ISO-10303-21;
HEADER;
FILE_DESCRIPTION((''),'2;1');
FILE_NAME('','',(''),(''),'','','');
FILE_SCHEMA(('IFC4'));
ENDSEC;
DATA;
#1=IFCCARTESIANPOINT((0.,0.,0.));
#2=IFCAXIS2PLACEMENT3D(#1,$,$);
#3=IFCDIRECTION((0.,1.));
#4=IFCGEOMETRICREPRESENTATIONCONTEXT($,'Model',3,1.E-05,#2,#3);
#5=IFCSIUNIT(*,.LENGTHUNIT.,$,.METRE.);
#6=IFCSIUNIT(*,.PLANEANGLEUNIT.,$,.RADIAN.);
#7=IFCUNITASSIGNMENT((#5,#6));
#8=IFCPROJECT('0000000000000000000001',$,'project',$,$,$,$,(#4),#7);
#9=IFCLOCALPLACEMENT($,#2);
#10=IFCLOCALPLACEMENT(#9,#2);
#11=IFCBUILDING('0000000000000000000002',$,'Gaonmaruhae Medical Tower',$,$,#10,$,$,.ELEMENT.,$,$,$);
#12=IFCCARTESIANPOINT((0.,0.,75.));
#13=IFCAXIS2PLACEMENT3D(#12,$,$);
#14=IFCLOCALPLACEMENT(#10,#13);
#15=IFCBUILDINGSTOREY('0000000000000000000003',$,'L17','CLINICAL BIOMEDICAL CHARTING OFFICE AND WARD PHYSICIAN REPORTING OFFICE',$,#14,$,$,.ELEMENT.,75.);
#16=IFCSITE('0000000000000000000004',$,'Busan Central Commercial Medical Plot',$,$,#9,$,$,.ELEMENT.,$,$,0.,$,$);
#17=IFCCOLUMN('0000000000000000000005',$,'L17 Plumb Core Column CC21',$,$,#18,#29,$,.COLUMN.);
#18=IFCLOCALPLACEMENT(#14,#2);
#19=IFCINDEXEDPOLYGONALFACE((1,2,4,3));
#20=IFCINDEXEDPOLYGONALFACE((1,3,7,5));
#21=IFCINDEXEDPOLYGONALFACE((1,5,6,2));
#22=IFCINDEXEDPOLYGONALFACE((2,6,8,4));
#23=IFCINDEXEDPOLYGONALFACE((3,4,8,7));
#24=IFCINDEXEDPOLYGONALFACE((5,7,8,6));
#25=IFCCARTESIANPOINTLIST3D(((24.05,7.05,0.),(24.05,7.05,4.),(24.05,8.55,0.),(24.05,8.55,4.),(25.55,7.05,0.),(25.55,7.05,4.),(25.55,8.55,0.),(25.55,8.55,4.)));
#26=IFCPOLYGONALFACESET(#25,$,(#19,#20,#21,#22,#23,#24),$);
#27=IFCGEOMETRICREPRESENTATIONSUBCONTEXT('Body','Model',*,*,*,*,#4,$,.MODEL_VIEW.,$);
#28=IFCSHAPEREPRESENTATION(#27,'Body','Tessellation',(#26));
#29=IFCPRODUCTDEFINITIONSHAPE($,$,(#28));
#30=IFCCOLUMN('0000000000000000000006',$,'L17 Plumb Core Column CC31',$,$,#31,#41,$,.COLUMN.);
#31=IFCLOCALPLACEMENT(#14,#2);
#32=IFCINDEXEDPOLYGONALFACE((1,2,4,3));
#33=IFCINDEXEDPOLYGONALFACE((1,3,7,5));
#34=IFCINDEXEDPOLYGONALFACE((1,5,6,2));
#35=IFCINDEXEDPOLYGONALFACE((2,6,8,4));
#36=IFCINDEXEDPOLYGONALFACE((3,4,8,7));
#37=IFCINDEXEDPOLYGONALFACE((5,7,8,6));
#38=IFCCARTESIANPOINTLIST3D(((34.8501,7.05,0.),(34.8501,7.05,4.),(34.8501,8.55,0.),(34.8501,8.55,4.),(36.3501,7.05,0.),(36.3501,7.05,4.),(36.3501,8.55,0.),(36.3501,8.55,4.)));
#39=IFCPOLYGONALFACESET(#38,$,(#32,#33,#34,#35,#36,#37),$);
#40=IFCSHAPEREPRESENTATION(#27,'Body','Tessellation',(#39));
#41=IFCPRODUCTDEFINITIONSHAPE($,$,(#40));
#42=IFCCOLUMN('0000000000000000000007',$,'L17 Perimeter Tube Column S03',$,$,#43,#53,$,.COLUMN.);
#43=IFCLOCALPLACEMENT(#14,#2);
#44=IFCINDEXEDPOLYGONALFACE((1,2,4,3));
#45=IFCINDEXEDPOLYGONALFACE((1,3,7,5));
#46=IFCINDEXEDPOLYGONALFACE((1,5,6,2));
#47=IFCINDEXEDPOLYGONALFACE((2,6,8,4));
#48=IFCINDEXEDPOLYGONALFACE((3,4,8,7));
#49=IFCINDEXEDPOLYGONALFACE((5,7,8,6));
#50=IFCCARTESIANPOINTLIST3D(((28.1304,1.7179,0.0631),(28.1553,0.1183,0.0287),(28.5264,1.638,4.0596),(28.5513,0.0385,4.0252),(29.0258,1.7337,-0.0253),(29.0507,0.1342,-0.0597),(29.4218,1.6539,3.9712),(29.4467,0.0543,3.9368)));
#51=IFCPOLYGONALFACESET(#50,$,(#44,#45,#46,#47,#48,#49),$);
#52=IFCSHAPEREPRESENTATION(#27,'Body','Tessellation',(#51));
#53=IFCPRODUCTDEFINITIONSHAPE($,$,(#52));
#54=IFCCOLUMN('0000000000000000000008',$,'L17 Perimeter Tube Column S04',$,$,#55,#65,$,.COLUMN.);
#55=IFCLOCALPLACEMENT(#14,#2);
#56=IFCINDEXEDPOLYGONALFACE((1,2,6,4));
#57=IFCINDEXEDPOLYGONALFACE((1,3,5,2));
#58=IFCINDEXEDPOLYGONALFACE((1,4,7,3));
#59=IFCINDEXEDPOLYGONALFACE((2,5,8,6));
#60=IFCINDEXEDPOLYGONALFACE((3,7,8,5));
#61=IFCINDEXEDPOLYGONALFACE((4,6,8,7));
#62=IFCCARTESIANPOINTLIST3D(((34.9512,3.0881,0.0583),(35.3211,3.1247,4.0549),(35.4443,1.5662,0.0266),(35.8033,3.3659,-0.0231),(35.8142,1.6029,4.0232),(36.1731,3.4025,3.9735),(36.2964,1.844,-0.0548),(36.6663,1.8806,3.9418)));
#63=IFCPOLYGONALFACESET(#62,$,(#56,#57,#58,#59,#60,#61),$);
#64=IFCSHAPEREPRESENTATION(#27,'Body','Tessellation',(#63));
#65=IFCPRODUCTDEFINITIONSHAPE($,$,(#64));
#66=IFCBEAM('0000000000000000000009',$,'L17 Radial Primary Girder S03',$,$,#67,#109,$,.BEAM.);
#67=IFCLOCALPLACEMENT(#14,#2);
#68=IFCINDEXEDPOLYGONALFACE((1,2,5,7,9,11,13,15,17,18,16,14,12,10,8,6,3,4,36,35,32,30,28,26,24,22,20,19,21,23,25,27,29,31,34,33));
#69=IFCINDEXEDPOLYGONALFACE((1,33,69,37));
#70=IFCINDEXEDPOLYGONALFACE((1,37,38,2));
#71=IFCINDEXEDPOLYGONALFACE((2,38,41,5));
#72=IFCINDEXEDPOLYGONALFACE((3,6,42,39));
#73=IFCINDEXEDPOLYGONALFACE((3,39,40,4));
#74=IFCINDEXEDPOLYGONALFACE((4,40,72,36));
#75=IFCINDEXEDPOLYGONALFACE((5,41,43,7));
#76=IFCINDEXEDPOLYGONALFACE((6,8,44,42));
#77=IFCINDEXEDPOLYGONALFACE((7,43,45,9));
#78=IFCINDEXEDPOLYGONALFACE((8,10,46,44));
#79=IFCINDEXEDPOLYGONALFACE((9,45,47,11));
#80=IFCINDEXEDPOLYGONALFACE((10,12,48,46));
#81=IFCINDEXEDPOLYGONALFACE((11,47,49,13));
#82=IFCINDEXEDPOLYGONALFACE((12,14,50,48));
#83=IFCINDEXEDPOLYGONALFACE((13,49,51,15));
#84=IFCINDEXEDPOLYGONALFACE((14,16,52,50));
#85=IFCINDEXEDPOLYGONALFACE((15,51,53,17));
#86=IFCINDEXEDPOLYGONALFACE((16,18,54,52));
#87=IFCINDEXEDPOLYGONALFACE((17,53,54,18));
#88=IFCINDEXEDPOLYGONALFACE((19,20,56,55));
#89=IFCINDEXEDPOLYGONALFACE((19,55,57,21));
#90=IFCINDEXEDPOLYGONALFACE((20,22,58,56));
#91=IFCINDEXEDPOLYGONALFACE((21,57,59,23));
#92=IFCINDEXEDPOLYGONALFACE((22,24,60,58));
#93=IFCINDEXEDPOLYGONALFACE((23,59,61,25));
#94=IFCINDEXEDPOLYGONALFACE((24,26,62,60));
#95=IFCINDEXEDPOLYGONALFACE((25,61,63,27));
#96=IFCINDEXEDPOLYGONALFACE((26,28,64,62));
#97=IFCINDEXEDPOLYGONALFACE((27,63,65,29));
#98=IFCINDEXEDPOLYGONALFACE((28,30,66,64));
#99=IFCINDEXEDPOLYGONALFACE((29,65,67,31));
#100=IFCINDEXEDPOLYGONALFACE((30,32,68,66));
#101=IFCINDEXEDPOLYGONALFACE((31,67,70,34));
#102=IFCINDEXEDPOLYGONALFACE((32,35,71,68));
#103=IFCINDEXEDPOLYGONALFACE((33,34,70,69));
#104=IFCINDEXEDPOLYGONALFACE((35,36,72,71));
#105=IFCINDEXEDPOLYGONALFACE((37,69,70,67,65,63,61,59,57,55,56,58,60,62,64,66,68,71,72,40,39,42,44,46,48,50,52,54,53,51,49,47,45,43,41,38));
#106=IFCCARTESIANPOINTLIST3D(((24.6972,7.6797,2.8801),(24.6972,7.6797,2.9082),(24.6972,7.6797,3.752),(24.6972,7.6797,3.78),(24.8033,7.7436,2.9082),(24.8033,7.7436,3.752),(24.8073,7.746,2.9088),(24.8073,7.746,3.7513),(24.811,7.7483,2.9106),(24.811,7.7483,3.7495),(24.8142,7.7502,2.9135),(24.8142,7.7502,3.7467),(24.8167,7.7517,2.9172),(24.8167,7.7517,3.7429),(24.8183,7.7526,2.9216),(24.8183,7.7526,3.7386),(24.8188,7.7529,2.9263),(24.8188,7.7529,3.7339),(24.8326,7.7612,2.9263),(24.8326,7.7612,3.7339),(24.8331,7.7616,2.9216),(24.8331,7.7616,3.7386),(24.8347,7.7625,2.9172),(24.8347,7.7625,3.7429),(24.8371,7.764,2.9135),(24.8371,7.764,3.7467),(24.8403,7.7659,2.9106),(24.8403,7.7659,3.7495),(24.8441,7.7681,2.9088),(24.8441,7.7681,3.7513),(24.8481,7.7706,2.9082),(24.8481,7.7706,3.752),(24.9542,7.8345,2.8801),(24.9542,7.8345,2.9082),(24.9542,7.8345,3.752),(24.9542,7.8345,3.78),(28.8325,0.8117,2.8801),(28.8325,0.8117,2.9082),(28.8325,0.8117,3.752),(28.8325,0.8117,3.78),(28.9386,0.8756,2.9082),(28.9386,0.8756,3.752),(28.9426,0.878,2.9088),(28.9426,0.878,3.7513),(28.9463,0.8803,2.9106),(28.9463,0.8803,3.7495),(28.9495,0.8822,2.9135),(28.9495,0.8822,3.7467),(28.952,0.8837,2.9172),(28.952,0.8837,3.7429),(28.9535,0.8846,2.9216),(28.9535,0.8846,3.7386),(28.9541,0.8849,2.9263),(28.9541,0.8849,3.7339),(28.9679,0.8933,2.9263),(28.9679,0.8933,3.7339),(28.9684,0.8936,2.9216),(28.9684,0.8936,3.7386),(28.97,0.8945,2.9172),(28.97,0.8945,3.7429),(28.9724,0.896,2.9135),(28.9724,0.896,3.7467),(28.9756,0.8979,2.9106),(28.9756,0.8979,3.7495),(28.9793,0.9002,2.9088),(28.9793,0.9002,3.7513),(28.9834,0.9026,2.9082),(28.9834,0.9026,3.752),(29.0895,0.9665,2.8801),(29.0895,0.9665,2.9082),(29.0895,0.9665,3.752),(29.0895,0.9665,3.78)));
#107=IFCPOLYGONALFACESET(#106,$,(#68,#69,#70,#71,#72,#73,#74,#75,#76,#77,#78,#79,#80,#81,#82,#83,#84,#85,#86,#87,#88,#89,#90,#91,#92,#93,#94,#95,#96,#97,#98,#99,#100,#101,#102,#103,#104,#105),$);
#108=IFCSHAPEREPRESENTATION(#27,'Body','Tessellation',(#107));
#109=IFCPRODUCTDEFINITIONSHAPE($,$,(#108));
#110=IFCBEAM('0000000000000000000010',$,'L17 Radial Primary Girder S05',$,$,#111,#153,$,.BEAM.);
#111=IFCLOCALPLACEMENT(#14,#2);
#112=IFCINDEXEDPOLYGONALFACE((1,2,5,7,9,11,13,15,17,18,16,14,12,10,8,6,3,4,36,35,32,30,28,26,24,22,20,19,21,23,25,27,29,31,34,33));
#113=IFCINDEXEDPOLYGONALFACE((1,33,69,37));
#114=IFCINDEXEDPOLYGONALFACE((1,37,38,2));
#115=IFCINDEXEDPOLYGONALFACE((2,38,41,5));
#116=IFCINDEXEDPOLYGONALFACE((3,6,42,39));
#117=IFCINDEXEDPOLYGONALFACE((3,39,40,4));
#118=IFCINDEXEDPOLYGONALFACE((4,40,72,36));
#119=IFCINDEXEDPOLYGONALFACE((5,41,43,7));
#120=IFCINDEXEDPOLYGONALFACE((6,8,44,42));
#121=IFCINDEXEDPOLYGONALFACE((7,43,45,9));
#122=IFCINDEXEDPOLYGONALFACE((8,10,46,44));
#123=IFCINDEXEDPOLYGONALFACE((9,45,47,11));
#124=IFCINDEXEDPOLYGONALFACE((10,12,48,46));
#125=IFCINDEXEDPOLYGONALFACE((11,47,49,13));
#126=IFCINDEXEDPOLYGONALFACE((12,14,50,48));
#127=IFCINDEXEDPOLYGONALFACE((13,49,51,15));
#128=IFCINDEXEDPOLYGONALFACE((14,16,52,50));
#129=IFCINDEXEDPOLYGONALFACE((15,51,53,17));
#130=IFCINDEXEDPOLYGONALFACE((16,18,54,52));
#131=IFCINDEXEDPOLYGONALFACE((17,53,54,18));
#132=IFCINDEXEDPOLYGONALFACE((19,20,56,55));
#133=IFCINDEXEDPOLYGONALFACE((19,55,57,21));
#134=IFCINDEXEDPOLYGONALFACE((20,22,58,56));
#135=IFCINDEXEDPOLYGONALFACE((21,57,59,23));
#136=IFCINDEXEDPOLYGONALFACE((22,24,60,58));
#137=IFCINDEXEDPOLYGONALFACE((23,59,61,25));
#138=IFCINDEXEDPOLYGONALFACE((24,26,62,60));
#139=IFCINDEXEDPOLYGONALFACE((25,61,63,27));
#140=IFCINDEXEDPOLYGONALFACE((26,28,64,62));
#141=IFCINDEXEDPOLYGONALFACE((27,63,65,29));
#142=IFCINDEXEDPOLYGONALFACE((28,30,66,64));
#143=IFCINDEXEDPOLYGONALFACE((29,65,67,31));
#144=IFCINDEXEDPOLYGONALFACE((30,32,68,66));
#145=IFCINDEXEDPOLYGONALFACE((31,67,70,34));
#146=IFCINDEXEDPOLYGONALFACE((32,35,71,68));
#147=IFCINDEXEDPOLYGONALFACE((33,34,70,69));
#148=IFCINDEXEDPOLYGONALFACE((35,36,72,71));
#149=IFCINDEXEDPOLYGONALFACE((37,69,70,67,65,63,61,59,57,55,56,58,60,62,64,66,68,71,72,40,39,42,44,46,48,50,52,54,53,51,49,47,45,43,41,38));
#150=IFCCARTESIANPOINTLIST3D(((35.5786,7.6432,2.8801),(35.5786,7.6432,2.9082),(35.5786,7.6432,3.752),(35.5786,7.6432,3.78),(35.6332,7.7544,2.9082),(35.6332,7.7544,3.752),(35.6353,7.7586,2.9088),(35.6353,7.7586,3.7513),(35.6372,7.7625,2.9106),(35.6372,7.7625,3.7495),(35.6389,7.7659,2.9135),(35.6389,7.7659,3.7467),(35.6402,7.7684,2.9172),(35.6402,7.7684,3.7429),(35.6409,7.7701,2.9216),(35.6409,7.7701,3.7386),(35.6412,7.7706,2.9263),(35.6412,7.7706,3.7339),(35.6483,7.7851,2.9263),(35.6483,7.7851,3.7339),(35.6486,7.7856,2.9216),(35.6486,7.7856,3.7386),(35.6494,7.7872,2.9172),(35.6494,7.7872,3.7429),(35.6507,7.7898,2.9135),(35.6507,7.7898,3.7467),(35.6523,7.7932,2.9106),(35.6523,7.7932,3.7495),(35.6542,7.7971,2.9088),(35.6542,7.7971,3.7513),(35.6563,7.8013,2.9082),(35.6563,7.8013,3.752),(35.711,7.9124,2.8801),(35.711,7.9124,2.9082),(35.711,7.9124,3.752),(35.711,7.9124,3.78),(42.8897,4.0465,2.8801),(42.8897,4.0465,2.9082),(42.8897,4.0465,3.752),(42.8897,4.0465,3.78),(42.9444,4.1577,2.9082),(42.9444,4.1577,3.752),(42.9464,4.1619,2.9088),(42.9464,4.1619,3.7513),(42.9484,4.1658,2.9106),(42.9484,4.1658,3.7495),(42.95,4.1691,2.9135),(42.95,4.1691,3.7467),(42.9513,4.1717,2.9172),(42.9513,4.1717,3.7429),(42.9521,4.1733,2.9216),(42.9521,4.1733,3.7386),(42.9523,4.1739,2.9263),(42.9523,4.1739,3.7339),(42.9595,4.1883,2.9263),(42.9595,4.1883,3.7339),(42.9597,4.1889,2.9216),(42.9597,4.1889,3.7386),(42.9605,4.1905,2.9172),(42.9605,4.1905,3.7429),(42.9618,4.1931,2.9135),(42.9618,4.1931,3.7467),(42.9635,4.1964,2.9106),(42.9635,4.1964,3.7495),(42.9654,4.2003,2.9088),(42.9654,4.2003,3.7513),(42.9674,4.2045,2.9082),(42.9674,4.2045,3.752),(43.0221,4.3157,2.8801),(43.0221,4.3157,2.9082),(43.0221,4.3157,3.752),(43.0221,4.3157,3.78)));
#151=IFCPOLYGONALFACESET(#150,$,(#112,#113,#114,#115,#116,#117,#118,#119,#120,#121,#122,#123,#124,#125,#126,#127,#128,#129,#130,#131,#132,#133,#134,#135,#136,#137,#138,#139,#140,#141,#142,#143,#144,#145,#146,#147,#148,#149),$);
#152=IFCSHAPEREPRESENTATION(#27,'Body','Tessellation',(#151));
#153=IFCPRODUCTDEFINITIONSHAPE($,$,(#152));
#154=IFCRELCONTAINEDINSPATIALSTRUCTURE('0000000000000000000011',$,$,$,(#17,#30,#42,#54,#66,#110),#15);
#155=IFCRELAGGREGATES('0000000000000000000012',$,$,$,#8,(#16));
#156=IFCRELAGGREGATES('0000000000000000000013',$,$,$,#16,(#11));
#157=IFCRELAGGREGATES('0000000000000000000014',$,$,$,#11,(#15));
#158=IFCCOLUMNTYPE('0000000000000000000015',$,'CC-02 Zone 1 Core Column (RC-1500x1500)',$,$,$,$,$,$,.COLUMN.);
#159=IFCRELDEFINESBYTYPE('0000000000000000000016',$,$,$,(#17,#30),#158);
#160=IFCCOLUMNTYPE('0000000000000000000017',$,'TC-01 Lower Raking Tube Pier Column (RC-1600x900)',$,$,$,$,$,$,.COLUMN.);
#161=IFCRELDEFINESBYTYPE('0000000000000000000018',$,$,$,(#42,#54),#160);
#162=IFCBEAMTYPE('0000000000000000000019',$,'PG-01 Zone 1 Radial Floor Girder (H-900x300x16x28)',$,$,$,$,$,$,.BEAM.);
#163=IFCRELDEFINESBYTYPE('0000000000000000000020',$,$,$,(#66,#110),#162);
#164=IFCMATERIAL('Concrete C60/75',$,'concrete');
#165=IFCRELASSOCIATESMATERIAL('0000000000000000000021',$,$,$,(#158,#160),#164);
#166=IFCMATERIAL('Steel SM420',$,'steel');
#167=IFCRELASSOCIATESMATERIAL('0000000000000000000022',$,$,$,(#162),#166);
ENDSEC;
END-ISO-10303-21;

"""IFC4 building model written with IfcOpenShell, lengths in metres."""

from ifc_helpers import new_model, si_unit, direction, frame, origin, origin_2d, place, context, subcontext, project, spatial, rectangle, i_section, extrude, material, material_profile, profile_set, type_object, element, save


model = new_model("IFC4")

# Units and contexts
model_context = context("Model", 3, precision=1e-05, world=origin(), true_north=direction((0.0, 1.0)))
body_context = subcontext(model_context, "Body", "Model", "MODEL_VIEW")
ifc_project = project(units=[si_unit("LENGTHUNIT", "METRE"), si_unit("PLANEANGLEUNIT", "RADIAN")], contexts=[model_context])

# Site, building, storey
site_placement = place(None, origin())
site = spatial("IfcSite", under=ifc_project, at=site_placement, Name="Busan Central Commercial Medical Plot", CompositionType="ELEMENT", RefElevation=0.0)
building_placement = place(site_placement, origin())
building = spatial("IfcBuilding", under=site, at=building_placement, Name="Gaonmaruhae Medical Tower", CompositionType="ELEMENT")
storey_placement = place(building_placement, frame((0.0, 0.0, 75.0)))
storey = spatial("IfcBuildingStorey", under=building, at=storey_placement, Name="L17", Description="CLINICAL BIOMEDICAL CHARTING OFFICE AND WARD PHYSICIAN REPORTING OFFICE", CompositionType="ELEMENT", Elevation=75.0)

# Columns
ifc_material_1 = material(Name="Concrete C60/75", Category="concrete")
ifc_material_profile_1 = material_profile(ifc_material_1, rectangle(XDim=1.5, YDim=1.5, at=origin_2d()), Name="RC-1500x1500")
ifc_profile_set_1 = profile_set([ifc_material_profile_1], Name="Concrete C60/75")
column_type_1 = type_object("IfcColumnType", Name="CC-02 Zone 1 Core Column (RC-1500x1500)", PredefinedType="COLUMN", material=ifc_profile_set_1)
for number, where, z_axis, x_axis, name in (
    (1, (24.8, 7.8, 0.0), (0.0, 0.0, 1.0), (1.0, 0.0, 0.0), "L17 Plumb Core Column CC21"),
    (2, (35.6001, 7.8, 0.0), (0.0, 0.0, 1.0), (1.0, 0.0, 0.0), "L17 Plumb Core Column CC31"),
):
    element("IfcColumn", number, at=place(storey_placement, frame(where, z_axis=z_axis, x_axis=x_axis)), inside=storey, type_object=column_type_1, Name=name, PredefinedType="COLUMN", context=body_context, shape_type="SweptSolid", body=[
        extrude(rectangle(XDim=1.5, YDim=1.5, at=origin_2d()), origin(), (0.0, 0.0, 1.0), 4.0),
    ])
ifc_material_profile_2 = material_profile(ifc_material_1, rectangle(XDim=1.6001, YDim=0.8999, at=origin_2d()), Name="RC-1600x900")
ifc_profile_set_2 = profile_set([ifc_material_profile_2], Name="Concrete C60/75")
column_type_2 = type_object("IfcColumnType", Name="TC-01 Lower Raking Tube Pier Column (RC-1600x900)", PredefinedType="COLUMN", material=ifc_profile_set_2)
column_1_placement = place(storey_placement, frame((28.5906, 0.926, 0.0017), z_axis=(0.098581, -0.019874, 0.994931), x_axis=(-0.015548, 0.999648, 0.021509)))
element("IfcColumn", 3, at=column_1_placement, inside=storey, type_object=column_type_2, Name="L17 Perimeter Tube Column S03", PredefinedType="COLUMN", context=body_context, shape_type="SweptSolid", body=[
    extrude(rectangle(XDim=1.6001, YDim=0.8999, at=origin_2d()), origin(), (0.0, 0.0, 1.0), 4.0168),
])
column_2_placement = place(storey_placement, frame((35.6238, 2.4661, 0.0017), z_axis=(0.09215, 0.009124, 0.995703), x_axis=(-0.308176, 0.951123, 0.019806)))
element("IfcColumn", 4, at=column_2_placement, inside=storey, type_object=column_type_2, Name="L17 Perimeter Tube Column S04", PredefinedType="COLUMN", context=body_context, shape_type="SweptSolid", body=[
    extrude(rectangle(XDim=1.6001, YDim=0.8999, at=origin_2d()), origin(), (0.0, 0.0, 1.0), 4.0139),
])

# Beams
ifc_material_2 = material(Name="Steel SM420", Category="steel")
ifc_material_profile_3 = material_profile(ifc_material_2, i_section(OverallWidth=0.3, OverallDepth=0.8999, WebThickness=0.0161, FlangeThickness=0.0281, FilletRadius=0.0181, at=origin_2d()), Name="H-900x300x16x28")
ifc_profile_set_3 = profile_set([ifc_material_profile_3], Name="Steel SM420")
beam_type_1 = type_object("IfcBeamType", Name="PG-01 Zone 1 Radial Floor Girder (H-900x300x16x28)", PredefinedType="BEAM", material=ifc_profile_set_3)
beam_1_placement = place(storey_placement, frame((24.8257, 7.7571, 3.3301), z_axis=(0.515825, -0.856694, 0.0), x_axis=(0.856694, 0.515825, 0.0)))
element("IfcBeam", 5, at=beam_1_placement, inside=storey, type_object=beam_type_1, Name="L17 Radial Primary Girder S03", PredefinedType="BEAM", context=body_context, shape_type="SweptSolid", body=[
    extrude(i_section(OverallWidth=0.3, OverallDepth=0.8999, WebThickness=0.0161, FlangeThickness=0.0281, FilletRadius=0.0181, at=origin_2d()), origin(), (0.0, 0.0, 1.0), 8.0168),
])
beam_2_placement = place(storey_placement, frame((35.6448, 7.7778, 3.3301), z_axis=(0.897297, -0.441427, 0.0), x_axis=(0.441427, 0.897297, 0.0)))
element("IfcBeam", 6, at=beam_2_placement, inside=storey, type_object=beam_type_1, Name="L17 Radial Primary Girder S05", PredefinedType="BEAM", context=body_context, shape_type="SweptSolid", body=[
    extrude(i_section(OverallWidth=0.3, OverallDepth=0.8999, WebThickness=0.0161, FlangeThickness=0.0281, FilletRadius=0.0181, at=origin_2d()), origin(), (0.0, 0.0, 1.0), 8.1479),
])

save(model, "model.ifc")
